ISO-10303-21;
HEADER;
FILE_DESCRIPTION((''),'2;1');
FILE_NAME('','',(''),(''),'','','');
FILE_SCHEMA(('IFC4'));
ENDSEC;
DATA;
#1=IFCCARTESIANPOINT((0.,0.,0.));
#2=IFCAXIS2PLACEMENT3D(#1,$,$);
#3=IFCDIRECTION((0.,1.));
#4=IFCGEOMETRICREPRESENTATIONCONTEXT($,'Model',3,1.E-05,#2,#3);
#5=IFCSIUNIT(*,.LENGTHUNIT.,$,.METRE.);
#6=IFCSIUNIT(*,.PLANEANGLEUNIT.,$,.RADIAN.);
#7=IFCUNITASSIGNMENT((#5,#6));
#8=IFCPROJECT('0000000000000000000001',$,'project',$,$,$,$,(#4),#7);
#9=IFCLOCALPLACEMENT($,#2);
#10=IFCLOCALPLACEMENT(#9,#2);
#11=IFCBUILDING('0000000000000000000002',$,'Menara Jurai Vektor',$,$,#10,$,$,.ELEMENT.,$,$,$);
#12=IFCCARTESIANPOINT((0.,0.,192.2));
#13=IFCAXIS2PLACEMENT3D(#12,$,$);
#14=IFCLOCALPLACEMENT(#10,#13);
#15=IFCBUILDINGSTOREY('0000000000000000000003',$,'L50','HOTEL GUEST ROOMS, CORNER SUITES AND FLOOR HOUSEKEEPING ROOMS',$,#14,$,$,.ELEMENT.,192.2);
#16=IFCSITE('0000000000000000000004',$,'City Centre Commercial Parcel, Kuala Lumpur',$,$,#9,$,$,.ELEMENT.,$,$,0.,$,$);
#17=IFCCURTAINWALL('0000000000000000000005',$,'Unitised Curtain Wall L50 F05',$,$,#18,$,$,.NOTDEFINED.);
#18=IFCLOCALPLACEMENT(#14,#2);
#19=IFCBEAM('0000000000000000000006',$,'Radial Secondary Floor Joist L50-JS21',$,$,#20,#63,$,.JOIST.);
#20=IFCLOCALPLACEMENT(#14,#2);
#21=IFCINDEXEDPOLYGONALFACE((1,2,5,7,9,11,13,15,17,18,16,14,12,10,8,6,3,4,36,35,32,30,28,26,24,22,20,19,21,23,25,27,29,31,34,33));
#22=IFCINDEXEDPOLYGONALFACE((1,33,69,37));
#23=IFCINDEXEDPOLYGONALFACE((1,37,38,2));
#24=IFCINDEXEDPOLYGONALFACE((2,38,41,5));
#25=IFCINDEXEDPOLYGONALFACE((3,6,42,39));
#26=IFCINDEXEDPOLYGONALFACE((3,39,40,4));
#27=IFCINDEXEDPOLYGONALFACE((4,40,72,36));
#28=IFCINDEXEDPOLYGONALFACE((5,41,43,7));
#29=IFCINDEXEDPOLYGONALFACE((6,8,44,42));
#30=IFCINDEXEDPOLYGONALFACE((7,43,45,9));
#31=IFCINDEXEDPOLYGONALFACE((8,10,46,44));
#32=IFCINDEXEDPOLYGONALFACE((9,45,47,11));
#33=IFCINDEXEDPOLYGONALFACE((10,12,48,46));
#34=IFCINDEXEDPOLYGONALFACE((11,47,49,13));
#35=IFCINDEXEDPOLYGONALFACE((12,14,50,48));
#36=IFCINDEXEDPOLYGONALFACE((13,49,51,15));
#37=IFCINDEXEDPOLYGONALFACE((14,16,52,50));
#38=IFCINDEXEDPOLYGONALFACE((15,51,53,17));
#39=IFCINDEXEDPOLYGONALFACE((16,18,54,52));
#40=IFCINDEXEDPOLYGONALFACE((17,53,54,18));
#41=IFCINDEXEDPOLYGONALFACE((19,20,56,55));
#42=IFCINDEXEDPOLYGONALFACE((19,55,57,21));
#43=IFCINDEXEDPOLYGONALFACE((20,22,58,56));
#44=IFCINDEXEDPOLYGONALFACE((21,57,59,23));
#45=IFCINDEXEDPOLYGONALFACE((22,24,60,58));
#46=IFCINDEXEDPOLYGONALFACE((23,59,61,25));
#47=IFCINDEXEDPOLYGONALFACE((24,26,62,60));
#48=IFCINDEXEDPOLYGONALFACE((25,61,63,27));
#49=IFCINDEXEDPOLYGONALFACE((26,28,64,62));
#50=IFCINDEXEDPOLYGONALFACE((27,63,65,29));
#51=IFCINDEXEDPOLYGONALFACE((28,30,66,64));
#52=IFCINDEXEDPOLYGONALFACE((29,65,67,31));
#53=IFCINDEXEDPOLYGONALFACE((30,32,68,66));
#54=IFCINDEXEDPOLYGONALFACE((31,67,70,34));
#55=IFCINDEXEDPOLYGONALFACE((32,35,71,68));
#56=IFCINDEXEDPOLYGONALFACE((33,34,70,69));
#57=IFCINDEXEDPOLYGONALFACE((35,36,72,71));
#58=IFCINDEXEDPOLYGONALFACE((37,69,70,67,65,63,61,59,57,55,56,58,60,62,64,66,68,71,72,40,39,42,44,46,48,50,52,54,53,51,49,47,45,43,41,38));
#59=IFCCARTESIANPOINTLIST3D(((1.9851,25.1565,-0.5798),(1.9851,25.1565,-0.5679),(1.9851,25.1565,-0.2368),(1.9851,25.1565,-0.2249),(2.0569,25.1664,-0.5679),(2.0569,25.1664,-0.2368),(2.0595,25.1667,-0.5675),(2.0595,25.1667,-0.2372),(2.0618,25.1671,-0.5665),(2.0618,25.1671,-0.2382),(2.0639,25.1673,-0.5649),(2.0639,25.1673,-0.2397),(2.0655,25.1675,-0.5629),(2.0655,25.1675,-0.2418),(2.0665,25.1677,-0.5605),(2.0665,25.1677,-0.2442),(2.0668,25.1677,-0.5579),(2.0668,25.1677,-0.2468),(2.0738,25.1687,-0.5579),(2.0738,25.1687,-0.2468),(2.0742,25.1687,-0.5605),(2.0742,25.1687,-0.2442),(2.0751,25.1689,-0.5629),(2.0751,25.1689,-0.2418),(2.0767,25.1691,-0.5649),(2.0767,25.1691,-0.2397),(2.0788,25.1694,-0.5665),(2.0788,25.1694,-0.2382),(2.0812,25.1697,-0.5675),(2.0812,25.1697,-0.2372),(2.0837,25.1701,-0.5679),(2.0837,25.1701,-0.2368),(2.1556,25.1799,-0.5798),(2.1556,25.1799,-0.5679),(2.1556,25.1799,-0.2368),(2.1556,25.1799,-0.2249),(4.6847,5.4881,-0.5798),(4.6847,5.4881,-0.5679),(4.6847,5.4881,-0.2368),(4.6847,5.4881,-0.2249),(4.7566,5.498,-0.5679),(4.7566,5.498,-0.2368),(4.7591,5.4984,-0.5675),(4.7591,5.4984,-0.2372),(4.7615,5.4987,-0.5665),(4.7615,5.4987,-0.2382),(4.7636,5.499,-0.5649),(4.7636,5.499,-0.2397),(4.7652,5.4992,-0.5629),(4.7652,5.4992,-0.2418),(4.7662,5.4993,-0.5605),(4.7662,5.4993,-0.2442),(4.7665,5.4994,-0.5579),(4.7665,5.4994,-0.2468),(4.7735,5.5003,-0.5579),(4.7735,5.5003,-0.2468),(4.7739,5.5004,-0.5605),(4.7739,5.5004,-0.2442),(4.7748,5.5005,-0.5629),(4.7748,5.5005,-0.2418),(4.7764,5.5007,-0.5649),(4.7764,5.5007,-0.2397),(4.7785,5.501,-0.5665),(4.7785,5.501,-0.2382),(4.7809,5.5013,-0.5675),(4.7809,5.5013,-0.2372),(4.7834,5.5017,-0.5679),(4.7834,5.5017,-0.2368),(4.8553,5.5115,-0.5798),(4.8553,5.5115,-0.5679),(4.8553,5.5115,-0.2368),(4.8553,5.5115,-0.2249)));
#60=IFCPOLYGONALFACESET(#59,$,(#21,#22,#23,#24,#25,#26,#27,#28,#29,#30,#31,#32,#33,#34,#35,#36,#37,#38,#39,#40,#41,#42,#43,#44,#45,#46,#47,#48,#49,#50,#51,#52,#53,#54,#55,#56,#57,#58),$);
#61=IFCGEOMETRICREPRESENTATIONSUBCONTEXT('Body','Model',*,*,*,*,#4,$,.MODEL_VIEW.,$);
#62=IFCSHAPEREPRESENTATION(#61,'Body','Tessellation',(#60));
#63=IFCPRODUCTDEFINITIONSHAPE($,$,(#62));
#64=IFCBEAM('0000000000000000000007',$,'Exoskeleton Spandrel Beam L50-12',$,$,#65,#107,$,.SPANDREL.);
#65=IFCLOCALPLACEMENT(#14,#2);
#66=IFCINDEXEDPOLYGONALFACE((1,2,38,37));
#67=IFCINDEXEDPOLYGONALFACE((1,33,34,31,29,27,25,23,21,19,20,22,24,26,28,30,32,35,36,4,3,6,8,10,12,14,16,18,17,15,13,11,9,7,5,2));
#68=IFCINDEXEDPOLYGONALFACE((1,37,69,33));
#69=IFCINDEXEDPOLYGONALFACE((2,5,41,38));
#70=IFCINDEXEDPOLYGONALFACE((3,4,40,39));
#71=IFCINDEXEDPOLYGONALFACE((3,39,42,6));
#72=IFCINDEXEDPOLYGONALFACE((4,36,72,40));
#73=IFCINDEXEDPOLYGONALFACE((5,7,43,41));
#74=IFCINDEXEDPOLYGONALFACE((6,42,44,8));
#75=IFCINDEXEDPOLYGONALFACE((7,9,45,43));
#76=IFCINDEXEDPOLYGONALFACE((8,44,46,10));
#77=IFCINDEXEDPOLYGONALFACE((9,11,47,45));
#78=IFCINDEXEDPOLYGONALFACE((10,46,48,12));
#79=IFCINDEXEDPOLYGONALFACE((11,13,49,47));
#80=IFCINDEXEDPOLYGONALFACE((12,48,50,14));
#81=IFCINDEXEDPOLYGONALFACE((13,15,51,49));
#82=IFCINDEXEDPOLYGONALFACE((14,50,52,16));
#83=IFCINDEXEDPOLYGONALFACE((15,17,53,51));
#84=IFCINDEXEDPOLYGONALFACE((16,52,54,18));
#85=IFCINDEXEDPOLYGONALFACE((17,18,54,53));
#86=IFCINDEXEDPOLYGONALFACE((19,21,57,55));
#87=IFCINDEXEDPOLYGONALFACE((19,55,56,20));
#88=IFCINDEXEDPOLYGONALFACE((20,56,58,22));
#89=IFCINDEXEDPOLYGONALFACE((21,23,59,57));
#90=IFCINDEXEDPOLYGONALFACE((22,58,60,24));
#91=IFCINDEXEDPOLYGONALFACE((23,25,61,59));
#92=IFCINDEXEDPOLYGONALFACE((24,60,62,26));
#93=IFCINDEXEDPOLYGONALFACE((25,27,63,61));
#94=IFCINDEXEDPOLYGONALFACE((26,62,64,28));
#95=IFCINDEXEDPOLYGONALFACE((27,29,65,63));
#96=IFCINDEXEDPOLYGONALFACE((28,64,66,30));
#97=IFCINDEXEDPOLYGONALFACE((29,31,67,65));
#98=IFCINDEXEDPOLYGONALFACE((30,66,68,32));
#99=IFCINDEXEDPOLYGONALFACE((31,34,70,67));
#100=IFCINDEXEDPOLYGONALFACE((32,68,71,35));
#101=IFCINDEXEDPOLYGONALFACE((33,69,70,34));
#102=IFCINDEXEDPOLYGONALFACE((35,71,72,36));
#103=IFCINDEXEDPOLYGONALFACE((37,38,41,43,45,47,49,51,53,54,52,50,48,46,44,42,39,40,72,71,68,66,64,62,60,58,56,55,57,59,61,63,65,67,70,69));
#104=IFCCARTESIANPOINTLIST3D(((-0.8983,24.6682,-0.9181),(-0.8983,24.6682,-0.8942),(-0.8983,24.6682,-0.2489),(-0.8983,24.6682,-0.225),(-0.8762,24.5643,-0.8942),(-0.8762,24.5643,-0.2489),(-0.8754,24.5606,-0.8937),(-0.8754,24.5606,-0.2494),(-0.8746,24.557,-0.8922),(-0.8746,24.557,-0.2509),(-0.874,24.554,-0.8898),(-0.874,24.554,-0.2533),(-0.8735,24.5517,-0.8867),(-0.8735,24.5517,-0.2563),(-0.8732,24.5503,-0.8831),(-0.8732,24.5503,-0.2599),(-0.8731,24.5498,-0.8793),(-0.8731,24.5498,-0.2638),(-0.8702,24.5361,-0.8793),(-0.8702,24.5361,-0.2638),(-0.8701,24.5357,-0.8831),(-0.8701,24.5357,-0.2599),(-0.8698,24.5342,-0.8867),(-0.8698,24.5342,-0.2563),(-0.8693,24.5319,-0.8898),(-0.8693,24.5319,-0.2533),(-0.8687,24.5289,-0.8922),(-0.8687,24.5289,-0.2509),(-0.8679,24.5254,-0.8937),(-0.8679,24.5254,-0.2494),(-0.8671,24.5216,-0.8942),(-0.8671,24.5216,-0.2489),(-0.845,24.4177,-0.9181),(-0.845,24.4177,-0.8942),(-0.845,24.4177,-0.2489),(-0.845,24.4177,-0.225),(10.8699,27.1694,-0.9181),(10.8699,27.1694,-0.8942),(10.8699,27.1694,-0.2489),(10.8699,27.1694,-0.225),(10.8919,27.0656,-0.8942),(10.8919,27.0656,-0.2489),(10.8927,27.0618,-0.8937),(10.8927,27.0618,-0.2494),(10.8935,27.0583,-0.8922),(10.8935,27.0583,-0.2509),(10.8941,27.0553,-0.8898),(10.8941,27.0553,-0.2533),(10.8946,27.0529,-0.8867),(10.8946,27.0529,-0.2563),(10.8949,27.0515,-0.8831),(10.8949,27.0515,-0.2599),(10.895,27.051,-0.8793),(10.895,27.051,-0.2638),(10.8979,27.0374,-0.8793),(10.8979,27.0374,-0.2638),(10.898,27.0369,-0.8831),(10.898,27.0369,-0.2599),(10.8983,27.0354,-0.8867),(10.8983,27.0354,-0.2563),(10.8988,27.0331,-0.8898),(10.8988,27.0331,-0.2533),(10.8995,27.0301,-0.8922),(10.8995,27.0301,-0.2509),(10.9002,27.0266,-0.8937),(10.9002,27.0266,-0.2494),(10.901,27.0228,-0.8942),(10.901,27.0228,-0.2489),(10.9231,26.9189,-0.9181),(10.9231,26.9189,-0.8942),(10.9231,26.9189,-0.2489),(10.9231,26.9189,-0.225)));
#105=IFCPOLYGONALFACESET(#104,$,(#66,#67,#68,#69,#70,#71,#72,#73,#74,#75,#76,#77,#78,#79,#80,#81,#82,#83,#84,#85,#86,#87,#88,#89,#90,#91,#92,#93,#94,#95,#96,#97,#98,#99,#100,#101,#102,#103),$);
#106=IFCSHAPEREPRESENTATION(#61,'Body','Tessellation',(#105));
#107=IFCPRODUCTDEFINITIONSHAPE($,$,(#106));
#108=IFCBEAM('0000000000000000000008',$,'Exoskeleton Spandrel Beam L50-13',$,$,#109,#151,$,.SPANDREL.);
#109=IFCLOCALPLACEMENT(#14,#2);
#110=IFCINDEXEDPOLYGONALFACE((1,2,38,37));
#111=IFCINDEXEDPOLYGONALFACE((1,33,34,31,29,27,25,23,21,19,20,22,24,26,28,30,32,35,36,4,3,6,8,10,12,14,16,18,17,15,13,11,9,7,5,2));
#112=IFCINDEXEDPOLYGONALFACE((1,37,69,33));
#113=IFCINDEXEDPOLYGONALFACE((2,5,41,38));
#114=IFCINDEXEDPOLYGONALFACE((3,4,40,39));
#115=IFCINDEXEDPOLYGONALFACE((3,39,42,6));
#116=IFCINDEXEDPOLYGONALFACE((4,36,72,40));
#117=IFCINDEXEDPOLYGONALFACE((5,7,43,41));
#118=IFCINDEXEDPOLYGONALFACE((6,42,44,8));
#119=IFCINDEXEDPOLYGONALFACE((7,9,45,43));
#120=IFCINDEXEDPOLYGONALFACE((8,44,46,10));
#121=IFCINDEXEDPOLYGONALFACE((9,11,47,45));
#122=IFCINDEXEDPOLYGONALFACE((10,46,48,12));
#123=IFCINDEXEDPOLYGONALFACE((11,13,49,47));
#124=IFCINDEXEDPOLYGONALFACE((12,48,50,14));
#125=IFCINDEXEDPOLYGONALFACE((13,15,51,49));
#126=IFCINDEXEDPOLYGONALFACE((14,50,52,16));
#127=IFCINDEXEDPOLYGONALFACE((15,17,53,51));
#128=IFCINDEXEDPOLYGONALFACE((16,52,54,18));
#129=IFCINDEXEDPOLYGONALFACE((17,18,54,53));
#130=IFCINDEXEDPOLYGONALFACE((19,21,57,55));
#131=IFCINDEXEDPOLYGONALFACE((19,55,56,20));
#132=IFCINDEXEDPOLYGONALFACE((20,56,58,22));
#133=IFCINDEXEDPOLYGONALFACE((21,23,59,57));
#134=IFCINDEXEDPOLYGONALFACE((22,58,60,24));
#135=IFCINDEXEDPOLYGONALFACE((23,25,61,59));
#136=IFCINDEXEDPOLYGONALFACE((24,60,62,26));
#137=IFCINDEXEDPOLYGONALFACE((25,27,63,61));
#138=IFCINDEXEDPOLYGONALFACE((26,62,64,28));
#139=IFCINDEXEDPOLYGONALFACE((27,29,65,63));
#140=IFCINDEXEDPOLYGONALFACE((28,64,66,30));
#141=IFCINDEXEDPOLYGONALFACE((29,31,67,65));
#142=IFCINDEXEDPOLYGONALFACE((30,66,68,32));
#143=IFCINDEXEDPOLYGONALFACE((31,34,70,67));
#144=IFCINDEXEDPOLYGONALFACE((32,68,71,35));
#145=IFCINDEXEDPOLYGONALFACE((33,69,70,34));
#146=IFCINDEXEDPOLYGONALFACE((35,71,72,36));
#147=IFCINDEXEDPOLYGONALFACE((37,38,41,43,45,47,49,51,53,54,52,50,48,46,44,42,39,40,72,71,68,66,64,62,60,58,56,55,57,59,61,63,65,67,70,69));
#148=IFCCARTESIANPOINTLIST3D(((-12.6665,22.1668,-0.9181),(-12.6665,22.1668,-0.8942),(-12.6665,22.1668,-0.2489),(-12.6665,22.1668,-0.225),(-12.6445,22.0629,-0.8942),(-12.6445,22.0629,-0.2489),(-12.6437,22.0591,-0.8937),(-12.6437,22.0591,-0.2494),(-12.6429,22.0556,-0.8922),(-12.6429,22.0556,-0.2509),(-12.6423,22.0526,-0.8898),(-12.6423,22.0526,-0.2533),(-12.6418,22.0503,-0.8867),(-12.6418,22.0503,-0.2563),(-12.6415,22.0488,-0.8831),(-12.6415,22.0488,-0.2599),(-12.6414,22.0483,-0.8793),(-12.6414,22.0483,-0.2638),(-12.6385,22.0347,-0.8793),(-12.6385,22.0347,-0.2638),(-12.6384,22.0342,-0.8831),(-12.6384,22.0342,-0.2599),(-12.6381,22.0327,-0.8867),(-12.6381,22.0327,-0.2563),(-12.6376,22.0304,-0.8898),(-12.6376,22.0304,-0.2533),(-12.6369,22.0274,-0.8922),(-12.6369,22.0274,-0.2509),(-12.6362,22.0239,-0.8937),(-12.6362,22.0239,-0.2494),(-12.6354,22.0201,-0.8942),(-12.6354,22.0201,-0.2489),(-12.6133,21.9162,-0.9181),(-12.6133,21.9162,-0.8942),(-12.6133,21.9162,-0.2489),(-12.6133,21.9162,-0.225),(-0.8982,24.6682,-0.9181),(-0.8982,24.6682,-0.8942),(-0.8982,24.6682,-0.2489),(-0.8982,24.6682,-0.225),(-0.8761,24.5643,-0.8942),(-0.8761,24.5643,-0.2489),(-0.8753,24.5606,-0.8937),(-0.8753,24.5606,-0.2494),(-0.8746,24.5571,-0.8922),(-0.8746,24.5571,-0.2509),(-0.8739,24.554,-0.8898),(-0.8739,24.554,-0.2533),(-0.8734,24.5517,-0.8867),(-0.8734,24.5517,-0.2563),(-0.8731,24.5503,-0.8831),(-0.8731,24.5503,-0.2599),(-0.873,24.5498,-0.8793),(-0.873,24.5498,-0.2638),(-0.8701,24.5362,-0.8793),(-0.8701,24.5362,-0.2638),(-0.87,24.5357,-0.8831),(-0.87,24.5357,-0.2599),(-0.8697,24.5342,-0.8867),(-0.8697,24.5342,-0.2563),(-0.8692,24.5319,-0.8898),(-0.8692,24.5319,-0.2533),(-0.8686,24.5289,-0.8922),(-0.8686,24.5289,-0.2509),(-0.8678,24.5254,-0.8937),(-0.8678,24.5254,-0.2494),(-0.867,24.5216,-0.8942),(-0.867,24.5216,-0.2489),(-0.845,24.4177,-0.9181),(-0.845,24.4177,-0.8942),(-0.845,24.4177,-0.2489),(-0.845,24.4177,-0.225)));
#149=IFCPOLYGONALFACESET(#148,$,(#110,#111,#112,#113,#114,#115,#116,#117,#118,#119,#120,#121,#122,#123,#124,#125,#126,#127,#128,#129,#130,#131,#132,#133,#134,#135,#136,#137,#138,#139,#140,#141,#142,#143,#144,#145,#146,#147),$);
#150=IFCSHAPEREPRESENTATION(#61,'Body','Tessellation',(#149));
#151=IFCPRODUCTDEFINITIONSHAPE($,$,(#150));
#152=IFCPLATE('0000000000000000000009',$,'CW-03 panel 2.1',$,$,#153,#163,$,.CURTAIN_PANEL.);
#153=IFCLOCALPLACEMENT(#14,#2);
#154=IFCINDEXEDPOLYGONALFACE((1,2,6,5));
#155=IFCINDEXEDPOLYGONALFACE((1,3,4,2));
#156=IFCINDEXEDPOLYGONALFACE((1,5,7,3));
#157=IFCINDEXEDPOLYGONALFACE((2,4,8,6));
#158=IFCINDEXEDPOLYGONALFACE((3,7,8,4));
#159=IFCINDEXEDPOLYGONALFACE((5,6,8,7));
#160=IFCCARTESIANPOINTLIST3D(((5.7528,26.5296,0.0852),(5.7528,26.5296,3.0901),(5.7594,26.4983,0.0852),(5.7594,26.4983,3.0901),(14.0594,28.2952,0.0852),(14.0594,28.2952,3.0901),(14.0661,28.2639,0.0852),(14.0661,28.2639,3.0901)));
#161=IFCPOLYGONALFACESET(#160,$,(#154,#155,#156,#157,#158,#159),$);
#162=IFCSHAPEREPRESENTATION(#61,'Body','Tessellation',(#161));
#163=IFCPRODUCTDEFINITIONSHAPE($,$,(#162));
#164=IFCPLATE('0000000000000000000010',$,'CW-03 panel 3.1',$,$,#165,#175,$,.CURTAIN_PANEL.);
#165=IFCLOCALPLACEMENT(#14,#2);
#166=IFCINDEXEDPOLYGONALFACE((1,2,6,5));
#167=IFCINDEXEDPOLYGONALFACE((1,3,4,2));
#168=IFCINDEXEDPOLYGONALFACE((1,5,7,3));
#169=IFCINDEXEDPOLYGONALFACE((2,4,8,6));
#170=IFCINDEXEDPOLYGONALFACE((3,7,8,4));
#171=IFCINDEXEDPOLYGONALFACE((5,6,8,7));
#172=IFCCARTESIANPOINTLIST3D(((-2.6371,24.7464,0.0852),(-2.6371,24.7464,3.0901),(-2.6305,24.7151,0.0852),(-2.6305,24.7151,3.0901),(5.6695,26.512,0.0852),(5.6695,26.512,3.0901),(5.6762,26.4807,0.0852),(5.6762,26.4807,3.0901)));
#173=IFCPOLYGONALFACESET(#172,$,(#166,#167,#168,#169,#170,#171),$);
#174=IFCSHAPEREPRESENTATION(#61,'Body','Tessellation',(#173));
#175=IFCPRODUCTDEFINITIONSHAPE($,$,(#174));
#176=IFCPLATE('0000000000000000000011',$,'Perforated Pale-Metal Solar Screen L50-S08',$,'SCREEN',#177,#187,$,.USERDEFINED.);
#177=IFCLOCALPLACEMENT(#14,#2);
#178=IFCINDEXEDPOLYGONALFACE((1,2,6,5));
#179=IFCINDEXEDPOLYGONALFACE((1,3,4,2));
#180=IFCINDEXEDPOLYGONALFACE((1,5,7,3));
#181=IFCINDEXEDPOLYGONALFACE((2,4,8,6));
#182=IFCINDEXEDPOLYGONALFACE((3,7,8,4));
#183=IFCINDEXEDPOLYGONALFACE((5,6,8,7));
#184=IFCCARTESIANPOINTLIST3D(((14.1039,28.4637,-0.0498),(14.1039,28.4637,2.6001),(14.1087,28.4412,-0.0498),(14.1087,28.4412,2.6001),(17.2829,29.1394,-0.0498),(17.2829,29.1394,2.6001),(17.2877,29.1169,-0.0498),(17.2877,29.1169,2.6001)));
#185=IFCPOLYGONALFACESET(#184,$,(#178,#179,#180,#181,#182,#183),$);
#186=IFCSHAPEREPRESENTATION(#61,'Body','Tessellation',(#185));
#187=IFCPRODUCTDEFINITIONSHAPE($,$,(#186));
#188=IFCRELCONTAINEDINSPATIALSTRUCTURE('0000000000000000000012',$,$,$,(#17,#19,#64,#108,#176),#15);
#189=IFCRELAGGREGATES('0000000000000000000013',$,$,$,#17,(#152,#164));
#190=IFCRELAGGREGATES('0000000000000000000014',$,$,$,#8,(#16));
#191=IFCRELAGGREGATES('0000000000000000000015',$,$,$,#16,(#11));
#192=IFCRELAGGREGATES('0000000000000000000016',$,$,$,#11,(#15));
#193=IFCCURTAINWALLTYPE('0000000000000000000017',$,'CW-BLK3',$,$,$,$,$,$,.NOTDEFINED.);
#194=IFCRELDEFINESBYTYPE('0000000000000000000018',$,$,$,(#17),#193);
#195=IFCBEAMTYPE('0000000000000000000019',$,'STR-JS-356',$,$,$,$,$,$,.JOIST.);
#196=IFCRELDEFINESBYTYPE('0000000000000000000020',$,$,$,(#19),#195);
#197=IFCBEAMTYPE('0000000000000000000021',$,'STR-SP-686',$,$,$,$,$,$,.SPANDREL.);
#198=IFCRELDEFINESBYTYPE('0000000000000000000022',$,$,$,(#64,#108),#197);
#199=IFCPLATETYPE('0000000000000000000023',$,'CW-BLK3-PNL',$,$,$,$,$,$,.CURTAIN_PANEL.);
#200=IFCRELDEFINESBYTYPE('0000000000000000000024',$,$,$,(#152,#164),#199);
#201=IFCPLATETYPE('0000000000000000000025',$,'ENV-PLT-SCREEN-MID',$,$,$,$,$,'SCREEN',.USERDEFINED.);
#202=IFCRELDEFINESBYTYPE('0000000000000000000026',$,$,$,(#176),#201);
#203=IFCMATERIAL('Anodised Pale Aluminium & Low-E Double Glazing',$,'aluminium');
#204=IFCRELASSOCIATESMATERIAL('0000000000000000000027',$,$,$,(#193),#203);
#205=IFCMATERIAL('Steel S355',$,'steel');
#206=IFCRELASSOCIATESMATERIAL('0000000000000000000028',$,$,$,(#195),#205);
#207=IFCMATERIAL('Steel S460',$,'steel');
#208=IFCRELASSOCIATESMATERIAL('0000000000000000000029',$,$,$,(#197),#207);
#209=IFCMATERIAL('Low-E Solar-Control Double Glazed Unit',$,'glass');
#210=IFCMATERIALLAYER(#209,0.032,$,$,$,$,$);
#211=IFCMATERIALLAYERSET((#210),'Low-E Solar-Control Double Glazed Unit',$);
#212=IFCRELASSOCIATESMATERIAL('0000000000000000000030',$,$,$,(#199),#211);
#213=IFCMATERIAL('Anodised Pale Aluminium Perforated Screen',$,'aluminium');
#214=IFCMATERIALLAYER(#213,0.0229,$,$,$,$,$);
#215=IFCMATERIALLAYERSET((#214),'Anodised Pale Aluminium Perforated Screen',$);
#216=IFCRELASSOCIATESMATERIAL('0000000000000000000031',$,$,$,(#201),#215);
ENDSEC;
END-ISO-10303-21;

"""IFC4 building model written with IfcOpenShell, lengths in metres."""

from ifc_helpers import new_model, si_unit, direction, frame, origin, origin_2d, place, context, subcontext, project, spatial, rectangle, i_section, extrude, material, layer, layer_set, material_profile, profile_set, type_object, element, aggregate, save


model = new_model("IFC4")

# Units and contexts
model_context = context("Model", 3, precision=1e-05, world=origin(), true_north=direction((0.0, 1.0)))
body_context = subcontext(model_context, "Body", "Model", "MODEL_VIEW")
ifc_project = project(units=[si_unit("LENGTHUNIT", "METRE"), si_unit("PLANEANGLEUNIT", "RADIAN")], contexts=[model_context])

# Site, building, storey
site_placement = place(None, origin())
site = spatial("IfcSite", under=ifc_project, at=site_placement, Name="City Centre Commercial Parcel, Kuala Lumpur", CompositionType="ELEMENT", RefElevation=0.0)
building_placement = place(site_placement, origin())
building = spatial("IfcBuilding", under=site, at=building_placement, Name="Menara Jurai Vektor", CompositionType="ELEMENT")
storey_placement = place(building_placement, frame((0.0, 0.0, 192.2)))
storey = spatial("IfcBuildingStorey", under=building, at=storey_placement, Name="L50", Description="HOTEL GUEST ROOMS, CORNER SUITES AND FLOOR HOUSEKEEPING ROOMS", CompositionType="ELEMENT", Elevation=192.2)

# Shared definitions
ifc_material_1 = material(Name="Steel S460", Category="steel")

# Curtain wall
ifc_material_2 = material(Name="Anodised Pale Aluminium & Low-E Double Glazing", Category="aluminium")
curtain_wall_type = type_object("IfcCurtainWallType", Name="CW-BLK3", PredefinedType="NOTDEFINED", material=ifc_material_2)
curtain_wall_placement = place(storey_placement, origin())
curtain_wall = element("IfcCurtainWall", 1, at=curtain_wall_placement, inside=storey, type_object=curtain_wall_type, Name="Unitised Curtain Wall L50 F05", PredefinedType="NOTDEFINED")

# Beams
ifc_material_3 = material(Name="Steel S355", Category="steel")
ifc_material_profile_1 = material_profile(ifc_material_3, i_section(OverallWidth=0.1721, OverallDepth=0.355, WebThickness=0.0071, FlangeThickness=0.012, FilletRadius=0.01, at=origin_2d()), Name="UKB 356x171x51")
ifc_profile_set_1 = profile_set([ifc_material_profile_1], Name="Steel S355")
beam_type_1 = type_object("IfcBeamType", Name="STR-JS-356", PredefinedType="JOIST", material=ifc_profile_set_1)
beam_1_placement = place(storey_placement, frame((2.0703, 25.1682, -0.4023), z_axis=(0.135986, -0.990711, 0.0), x_axis=(0.990711, 0.135986, 0.0)))
element("IfcBeam", 2, at=beam_1_placement, inside=storey, type_object=beam_type_1, Name="Radial Secondary Floor Joist L50-JS21", PredefinedType="JOIST", context=body_context, shape_type="SweptSolid", body=[
    extrude(i_section(OverallWidth=0.1721, OverallDepth=0.355, WebThickness=0.0071, FlangeThickness=0.012, FilletRadius=0.01, at=origin_2d()), origin(), (0.0, 0.0, 1.0), 19.8528),
])
ifc_material_profile_2 = material_profile(ifc_material_1, i_section(OverallWidth=0.2561, OverallDepth=0.6931, WebThickness=0.0139, FlangeThickness=0.0239, FilletRadius=0.0149, at=origin_2d()), Name="UKB 686x254x170")
ifc_profile_set_2 = profile_set([ifc_material_profile_2], Name="Steel S460")
beam_type_2 = type_object("IfcBeamType", Name="STR-SP-686", PredefinedType="SPANDREL", material=ifc_profile_set_2)
beam_2_placement = place(storey_placement, frame((10.8965, 27.0442, -0.5715), z_axis=(-0.97815, -0.207899, 0.0), x_axis=(0.207899, -0.97815, 0.0)))
element("IfcBeam", 3, at=beam_2_placement, inside=storey, type_object=beam_type_2, Name="Exoskeleton Spandrel Beam L50-12", PredefinedType="SPANDREL", context=body_context, shape_type="SweptSolid", body=[
    extrude(i_section(OverallWidth=0.2561, OverallDepth=0.6931, WebThickness=0.0139, FlangeThickness=0.0239, FilletRadius=0.0149, at=origin_2d()), origin(), (0.0, 0.0, 1.0), 12.031),
])
beam_3_placement = place(storey_placement, frame((-0.8716, 24.543, -0.5715), z_axis=(-0.978147, -0.207914, 0.0), x_axis=(0.207914, -0.978147, 0.0)))
element("IfcBeam", 4, at=beam_3_placement, inside=storey, type_object=beam_type_2, Name="Exoskeleton Spandrel Beam L50-13", PredefinedType="SPANDREL", context=body_context, shape_type="SweptSolid", body=[
    extrude(i_section(OverallWidth=0.2561, OverallDepth=0.6931, WebThickness=0.0139, FlangeThickness=0.0239, FilletRadius=0.0149, at=origin_2d()), origin(), (0.0, 0.0, 1.0), 12.0312),
])

# Plates
ifc_material_4 = material(Name="Low-E Solar-Control Double Glazed Unit", Category="glass")
ifc_layer_1 = layer(ifc_material_4, 0.032)
ifc_layer_set_1 = layer_set([ifc_layer_1], Name="Low-E Solar-Control Double Glazed Unit")
plate_type_1 = type_object("IfcPlateType", Name="CW-BLK3-PNL", PredefinedType="CURTAIN_PANEL", material=ifc_layer_set_1)
plate_1_placement = place(storey_placement, frame((9.9094, 27.3967, 0.0852), z_axis=(0.0, 0.0, 1.0), x_axis=(-0.978148, -0.207911, 0.0)))
plate_1 = element("IfcPlate", 5, at=plate_1_placement, type_object=plate_type_1, Name="CW-03 panel 2.1", PredefinedType="CURTAIN_PANEL", context=body_context, shape_type="SweptSolid", body=[
    extrude(rectangle(XDim=8.4922, YDim=0.032, at=origin_2d()), origin(), (0.0, 0.0, 1.0), 3.0049),
])
plate_2_placement = place(storey_placement, frame((1.5195, 25.6135, 0.0852), z_axis=(0.0, 0.0, 1.0), x_axis=(-0.978148, -0.207911, 0.0)))
plate_2 = element("IfcPlate", 6, at=plate_2_placement, type_object=plate_type_1, Name="CW-03 panel 3.1", PredefinedType="CURTAIN_PANEL", context=body_context, shape_type="SweptSolid", body=[
    extrude(rectangle(XDim=8.4922, YDim=0.032, at=origin_2d()), origin(), (0.0, 0.0, 1.0), 3.0049),
])
aggregate(curtain_wall, [plate_1, plate_2])

# Plate
ifc_material_5 = material(Name="Anodised Pale Aluminium Perforated Screen", Category="aluminium")
ifc_layer_2 = layer(ifc_material_5, 0.0229)
ifc_layer_set_2 = layer_set([ifc_layer_2], Name="Anodised Pale Aluminium Perforated Screen")
plate_type_2 = type_object("IfcPlateType", Name="ENV-PLT-SCREEN-MID", ElementType="SCREEN", PredefinedType="USERDEFINED", material=ifc_layer_set_2)
for number, where, z_axis, x_axis, name in (
    (7, (15.6958, 28.7903, -0.0498), (0.0, 0.0, 1.0), (-0.978148, -0.207912, 0.0), "Perforated Pale-Metal Solar Screen L50-S08"),
):
    element("IfcPlate", number, at=place(storey_placement, frame(where, z_axis=z_axis, x_axis=x_axis)), inside=storey, type_object=plate_type_2, Name=name, ObjectType="SCREEN", PredefinedType="USERDEFINED", context=body_context, shape_type="SweptSolid", body=[
        extrude(rectangle(XDim=3.25, YDim=0.0229, at=origin_2d()), origin(), (0.0, 0.0, 1.0), 2.6499),
    ])

save(model, "model.ifc")
